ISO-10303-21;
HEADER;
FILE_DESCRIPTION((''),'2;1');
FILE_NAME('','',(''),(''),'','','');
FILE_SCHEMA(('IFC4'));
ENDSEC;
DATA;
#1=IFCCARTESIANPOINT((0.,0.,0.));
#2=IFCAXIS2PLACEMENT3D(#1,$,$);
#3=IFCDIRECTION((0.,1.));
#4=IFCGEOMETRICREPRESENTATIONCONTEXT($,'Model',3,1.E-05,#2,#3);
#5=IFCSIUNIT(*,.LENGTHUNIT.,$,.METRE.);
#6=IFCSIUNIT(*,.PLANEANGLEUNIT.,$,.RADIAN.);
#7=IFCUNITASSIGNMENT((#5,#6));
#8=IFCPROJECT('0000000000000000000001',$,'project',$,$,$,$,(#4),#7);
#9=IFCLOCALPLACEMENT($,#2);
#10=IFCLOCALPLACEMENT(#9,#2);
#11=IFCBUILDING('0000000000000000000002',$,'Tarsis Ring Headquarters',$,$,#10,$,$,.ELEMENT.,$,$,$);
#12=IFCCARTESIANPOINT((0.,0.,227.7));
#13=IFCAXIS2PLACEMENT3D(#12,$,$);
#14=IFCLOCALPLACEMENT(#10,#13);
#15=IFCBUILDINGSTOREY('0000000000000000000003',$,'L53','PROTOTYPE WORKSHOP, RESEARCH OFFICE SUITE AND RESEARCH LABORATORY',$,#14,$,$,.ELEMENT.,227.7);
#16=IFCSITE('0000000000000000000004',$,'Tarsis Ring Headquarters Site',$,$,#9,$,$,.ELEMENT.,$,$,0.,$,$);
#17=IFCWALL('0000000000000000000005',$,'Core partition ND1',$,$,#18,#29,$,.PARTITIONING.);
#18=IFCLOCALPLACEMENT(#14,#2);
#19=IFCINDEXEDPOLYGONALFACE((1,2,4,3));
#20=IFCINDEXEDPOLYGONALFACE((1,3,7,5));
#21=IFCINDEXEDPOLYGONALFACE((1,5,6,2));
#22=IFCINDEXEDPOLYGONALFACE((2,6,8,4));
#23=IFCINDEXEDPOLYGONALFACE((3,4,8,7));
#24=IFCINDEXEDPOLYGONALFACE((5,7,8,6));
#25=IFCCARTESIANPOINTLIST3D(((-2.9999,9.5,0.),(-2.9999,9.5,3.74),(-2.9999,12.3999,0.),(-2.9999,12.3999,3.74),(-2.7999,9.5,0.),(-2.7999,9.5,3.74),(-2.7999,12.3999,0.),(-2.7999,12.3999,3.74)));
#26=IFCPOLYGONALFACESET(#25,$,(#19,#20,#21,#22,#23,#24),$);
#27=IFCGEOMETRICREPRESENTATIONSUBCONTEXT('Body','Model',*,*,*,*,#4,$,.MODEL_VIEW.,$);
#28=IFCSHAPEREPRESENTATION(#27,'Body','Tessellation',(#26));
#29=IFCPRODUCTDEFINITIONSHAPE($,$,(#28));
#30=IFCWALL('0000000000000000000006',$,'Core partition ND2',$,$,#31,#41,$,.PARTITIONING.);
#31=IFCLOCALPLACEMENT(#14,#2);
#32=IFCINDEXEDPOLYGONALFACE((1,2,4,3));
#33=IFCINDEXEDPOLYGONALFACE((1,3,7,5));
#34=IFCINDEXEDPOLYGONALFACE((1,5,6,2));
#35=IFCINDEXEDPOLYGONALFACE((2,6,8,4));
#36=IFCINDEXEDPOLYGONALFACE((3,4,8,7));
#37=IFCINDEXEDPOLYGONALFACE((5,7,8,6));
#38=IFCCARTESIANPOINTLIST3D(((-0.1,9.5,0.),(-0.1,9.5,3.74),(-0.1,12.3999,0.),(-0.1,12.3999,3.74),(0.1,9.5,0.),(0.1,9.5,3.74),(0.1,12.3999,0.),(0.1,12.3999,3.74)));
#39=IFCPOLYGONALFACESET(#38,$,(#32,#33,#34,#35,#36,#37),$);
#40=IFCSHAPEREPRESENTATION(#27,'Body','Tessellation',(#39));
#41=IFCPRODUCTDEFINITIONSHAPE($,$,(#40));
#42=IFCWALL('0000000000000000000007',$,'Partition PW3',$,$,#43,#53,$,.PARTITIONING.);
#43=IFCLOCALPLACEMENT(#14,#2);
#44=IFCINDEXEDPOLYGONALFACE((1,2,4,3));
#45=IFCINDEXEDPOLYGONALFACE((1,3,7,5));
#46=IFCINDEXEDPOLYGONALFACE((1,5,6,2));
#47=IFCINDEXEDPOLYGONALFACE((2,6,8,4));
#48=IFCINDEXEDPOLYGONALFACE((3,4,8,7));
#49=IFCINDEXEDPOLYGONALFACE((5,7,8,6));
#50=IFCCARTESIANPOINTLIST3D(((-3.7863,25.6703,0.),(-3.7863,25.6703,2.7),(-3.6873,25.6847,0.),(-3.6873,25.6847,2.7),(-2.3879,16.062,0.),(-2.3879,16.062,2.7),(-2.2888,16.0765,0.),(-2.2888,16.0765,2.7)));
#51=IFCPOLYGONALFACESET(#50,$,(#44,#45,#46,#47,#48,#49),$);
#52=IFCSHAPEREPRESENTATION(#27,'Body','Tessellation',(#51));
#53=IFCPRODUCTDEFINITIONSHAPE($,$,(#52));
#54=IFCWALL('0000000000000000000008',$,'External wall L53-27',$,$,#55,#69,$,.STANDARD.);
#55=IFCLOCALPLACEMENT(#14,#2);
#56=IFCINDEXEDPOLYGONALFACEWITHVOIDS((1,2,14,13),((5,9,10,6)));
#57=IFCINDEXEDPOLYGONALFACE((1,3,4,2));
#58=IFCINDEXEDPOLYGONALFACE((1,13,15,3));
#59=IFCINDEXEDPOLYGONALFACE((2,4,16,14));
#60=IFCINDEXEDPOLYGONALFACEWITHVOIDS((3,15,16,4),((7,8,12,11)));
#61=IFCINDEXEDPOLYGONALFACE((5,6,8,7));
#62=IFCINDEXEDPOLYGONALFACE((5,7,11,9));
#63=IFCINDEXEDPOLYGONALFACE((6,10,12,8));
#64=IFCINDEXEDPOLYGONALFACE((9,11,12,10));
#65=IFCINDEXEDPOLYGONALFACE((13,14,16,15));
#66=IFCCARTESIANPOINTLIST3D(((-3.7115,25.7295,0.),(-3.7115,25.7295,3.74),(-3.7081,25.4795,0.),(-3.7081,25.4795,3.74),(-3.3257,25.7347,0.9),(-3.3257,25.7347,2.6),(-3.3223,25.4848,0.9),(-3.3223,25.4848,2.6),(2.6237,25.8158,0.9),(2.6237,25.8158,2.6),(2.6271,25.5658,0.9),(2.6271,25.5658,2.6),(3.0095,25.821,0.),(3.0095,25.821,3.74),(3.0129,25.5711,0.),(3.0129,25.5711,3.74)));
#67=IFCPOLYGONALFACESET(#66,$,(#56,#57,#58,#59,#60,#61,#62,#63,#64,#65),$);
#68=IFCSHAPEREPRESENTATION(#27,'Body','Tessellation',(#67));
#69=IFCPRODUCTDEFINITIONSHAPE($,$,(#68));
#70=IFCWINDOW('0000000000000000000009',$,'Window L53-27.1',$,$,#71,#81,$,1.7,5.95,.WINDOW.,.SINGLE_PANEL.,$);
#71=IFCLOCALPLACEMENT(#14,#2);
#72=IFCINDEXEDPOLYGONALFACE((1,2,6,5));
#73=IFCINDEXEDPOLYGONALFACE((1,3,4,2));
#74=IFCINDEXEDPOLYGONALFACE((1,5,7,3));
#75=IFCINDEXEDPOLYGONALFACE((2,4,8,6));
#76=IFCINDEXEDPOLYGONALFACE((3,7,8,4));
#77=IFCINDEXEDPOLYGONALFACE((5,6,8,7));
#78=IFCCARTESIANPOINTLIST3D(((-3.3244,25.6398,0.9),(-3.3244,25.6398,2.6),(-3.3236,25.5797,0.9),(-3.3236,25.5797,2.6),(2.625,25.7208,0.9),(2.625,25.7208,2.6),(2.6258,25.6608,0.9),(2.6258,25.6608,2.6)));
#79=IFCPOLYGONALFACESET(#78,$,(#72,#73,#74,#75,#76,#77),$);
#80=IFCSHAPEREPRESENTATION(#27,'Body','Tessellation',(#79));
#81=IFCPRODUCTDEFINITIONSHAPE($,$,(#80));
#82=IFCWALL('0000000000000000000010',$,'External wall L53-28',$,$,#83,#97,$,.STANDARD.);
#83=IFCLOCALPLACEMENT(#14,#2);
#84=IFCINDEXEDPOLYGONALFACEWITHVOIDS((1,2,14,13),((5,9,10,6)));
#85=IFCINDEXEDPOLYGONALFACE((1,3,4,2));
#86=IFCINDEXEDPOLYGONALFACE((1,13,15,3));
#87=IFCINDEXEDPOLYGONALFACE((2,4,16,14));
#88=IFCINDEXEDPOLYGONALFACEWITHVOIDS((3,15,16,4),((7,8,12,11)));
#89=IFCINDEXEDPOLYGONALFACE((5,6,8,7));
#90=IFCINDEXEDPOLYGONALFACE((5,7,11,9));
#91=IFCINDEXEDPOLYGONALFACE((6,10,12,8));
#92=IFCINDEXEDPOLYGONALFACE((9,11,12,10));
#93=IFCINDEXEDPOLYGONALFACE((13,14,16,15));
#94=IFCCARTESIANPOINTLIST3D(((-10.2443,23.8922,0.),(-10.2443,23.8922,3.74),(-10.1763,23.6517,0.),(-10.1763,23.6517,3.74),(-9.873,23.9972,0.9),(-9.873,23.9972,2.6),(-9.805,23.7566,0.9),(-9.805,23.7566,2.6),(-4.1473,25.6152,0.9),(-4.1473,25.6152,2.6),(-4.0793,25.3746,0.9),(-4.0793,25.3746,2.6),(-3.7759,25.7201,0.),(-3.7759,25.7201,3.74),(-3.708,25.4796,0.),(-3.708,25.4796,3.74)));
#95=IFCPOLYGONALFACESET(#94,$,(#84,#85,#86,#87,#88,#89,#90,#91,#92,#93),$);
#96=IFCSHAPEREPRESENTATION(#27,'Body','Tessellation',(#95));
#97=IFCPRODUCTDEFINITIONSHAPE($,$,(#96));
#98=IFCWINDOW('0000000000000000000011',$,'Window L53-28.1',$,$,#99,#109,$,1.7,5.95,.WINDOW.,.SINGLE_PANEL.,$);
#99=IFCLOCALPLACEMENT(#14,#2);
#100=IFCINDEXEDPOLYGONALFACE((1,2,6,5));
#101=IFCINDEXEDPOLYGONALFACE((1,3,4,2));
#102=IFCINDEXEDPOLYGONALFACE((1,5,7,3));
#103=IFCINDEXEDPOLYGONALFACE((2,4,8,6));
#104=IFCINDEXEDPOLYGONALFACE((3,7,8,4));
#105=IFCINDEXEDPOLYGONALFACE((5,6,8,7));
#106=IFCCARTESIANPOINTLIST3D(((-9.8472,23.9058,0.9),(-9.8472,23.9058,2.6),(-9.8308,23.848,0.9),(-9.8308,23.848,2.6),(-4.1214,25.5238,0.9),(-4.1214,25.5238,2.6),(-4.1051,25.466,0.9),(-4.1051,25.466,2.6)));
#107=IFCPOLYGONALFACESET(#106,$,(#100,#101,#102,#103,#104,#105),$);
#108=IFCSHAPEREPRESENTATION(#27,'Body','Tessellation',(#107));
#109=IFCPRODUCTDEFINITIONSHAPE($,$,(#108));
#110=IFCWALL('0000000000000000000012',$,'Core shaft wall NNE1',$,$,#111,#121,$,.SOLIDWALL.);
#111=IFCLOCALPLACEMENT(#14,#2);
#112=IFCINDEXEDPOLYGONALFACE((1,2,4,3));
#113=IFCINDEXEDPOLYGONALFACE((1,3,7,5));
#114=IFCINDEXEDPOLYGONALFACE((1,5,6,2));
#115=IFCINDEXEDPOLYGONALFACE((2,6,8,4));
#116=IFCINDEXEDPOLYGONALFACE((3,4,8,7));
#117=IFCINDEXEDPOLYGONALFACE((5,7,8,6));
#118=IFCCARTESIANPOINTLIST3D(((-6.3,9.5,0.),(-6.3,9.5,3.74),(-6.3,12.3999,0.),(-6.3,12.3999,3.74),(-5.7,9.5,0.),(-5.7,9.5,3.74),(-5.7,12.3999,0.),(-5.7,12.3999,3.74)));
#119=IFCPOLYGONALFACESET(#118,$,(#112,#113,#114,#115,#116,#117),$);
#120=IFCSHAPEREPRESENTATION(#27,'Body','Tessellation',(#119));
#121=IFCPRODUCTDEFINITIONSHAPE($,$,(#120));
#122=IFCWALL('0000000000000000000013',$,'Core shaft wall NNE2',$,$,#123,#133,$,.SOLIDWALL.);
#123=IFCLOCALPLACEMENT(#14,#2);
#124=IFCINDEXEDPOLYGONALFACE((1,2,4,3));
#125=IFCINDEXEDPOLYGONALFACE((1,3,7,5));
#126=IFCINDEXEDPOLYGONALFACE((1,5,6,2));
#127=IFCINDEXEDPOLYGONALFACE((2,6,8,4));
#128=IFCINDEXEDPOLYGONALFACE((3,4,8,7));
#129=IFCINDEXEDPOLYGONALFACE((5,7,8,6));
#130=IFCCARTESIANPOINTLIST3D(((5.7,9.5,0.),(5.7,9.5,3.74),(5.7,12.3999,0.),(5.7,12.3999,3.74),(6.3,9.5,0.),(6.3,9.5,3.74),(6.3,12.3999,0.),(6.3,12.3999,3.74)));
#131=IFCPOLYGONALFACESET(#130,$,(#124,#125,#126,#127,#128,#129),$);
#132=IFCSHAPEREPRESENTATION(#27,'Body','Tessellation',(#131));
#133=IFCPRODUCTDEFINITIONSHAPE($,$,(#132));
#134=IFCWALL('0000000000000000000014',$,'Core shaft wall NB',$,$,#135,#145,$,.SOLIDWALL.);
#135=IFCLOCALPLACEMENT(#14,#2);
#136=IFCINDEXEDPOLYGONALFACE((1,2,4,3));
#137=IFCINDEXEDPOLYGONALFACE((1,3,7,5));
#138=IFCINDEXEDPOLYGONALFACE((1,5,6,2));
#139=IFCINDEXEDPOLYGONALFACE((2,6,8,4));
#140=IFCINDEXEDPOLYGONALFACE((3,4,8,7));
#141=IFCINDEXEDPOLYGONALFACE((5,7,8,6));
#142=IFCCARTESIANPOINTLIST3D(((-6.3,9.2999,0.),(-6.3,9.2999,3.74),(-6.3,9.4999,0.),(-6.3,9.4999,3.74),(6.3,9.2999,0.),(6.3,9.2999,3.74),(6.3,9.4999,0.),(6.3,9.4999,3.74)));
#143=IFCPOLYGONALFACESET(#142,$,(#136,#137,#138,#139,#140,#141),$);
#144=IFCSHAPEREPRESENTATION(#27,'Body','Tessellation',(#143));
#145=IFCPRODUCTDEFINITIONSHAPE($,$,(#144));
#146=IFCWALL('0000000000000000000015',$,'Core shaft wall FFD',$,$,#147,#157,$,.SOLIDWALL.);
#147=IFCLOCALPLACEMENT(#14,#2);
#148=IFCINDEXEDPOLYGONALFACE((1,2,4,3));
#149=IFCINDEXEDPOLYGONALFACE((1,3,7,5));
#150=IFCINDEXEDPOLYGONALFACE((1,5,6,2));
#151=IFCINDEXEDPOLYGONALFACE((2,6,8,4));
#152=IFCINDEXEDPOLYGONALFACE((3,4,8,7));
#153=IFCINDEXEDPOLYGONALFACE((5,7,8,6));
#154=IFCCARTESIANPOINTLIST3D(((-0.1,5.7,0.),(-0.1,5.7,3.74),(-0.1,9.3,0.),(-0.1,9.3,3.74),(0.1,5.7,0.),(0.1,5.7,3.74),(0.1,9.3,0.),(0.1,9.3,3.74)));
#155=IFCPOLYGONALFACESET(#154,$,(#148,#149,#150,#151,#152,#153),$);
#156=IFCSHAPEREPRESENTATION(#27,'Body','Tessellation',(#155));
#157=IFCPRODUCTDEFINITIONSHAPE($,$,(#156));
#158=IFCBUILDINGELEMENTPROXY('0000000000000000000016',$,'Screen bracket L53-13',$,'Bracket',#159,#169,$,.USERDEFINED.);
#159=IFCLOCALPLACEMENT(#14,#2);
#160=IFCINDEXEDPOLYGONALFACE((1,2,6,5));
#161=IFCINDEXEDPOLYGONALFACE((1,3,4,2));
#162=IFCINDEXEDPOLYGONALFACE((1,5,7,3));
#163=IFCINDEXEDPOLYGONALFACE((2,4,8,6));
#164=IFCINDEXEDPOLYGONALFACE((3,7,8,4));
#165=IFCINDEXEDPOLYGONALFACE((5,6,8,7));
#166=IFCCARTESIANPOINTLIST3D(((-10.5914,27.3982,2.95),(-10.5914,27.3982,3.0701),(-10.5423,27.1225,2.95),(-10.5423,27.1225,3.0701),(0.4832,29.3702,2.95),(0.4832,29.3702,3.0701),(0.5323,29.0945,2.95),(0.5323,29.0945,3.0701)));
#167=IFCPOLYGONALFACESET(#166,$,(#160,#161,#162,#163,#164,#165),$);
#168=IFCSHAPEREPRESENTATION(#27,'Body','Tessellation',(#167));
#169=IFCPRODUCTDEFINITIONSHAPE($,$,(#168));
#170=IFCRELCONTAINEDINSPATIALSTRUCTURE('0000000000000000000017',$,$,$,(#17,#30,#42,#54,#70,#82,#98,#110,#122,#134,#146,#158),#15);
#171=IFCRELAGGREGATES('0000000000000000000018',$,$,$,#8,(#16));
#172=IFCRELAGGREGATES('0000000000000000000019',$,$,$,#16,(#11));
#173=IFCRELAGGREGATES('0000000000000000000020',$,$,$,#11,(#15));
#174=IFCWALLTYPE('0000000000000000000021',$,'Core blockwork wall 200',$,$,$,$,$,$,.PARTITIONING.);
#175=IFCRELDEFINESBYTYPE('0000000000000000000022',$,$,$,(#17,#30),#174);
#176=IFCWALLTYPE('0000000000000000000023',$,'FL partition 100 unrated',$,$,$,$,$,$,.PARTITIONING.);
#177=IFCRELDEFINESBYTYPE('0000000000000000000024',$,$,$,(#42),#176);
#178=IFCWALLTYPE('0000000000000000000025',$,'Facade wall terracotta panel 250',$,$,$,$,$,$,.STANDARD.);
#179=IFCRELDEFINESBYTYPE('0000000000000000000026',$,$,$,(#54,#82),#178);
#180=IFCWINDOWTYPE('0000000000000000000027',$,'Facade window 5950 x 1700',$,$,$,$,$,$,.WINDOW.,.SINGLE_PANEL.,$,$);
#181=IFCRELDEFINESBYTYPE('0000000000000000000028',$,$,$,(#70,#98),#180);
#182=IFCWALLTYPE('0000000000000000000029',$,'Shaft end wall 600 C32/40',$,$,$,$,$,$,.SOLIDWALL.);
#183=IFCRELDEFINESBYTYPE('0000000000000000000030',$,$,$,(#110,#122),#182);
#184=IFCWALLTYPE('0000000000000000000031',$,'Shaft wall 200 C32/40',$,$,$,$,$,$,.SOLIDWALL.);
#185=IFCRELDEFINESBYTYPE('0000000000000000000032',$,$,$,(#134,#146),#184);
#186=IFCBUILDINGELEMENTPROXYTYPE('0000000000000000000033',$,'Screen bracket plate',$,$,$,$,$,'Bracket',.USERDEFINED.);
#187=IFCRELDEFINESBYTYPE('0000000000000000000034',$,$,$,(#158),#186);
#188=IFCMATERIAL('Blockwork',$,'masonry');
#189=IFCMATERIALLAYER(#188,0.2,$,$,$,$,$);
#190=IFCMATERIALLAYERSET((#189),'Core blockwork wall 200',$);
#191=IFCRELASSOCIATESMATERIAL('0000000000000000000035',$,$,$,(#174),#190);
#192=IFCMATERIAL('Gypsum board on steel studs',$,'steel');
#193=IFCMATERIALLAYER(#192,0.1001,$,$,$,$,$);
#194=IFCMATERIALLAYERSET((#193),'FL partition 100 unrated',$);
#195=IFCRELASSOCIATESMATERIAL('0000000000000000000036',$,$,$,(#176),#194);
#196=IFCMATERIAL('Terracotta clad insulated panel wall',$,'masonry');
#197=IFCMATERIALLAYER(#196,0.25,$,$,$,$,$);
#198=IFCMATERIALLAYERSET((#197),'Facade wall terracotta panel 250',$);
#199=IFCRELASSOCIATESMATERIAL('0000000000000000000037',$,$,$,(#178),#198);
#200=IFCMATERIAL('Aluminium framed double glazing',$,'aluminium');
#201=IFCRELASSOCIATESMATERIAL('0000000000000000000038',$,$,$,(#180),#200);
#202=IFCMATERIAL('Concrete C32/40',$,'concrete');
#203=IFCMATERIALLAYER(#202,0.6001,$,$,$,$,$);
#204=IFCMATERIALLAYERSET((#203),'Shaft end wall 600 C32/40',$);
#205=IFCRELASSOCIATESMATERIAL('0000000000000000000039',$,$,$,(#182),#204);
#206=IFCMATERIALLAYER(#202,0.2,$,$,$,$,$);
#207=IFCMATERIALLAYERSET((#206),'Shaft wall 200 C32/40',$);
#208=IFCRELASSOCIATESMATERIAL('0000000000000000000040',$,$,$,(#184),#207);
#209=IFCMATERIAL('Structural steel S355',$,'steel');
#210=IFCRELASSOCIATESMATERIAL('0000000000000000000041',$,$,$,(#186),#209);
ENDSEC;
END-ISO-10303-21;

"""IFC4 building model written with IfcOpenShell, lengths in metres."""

from ifc_helpers import new_model, si_unit, direction, frame, frame_2d, origin, origin_2d, place, context, subcontext, project, spatial, rectangle, extrude, material, layer, layer_set, type_object, element, fill, save


model = new_model("IFC4")

# Units and contexts
model_context = context("Model", 3, precision=1e-05, world=origin(), true_north=direction((0.0, 1.0)))
body_context = subcontext(model_context, "Body", "Model", "MODEL_VIEW")
ifc_project = project(units=[si_unit("LENGTHUNIT", "METRE"), si_unit("PLANEANGLEUNIT", "RADIAN")], contexts=[model_context])

# Site, building, storey
site_placement = place(None, origin())
site = spatial("IfcSite", under=ifc_project, at=site_placement, Name="Tarsis Ring Headquarters Site", CompositionType="ELEMENT", RefElevation=0.0)
building_placement = place(site_placement, origin())
building = spatial("IfcBuilding", under=site, at=building_placement, Name="Tarsis Ring Headquarters", CompositionType="ELEMENT")
storey_placement = place(building_placement, frame((0.0, 0.0, 227.7)))
storey = spatial("IfcBuildingStorey", under=building, at=storey_placement, Name="L53", Description="PROTOTYPE WORKSHOP, RESEARCH OFFICE SUITE AND RESEARCH LABORATORY", CompositionType="ELEMENT", Elevation=227.7)

# Shared definitions
ifc_material_1 = material(Name="Structural steel S355", Category="steel")

# Walls
ifc_material_2 = material(Name="Blockwork", Category="masonry")
ifc_layer_1 = layer(ifc_material_2, 0.2)
ifc_layer_set_1 = layer_set([ifc_layer_1], Name="Core blockwork wall 200")
wall_type_1 = type_object("IfcWallType", Name="Core blockwork wall 200", PredefinedType="PARTITIONING", material=ifc_layer_set_1)
for number, where, z_axis, x_axis, name in (
    (1, (-2.8999, 9.5, 0.0), (0.0, 0.0, 1.0), (0.0, 1.0, 0.0), "Core partition ND1"),
    (2, (0.0, 9.5, 0.0), (0.0, 0.0, 1.0), (0.0, 1.0, 0.0), "Core partition ND2"),
):
    element("IfcWall", number, at=place(storey_placement, frame(where, z_axis=z_axis, x_axis=x_axis)), inside=storey, type_object=wall_type_1, Name=name, PredefinedType="PARTITIONING", context=body_context, shape_type="SweptSolid", body=[
        extrude(rectangle(XDim=2.8999, YDim=0.2, at=frame_2d((1.45, 0.0))), origin(), (0.0, 0.0, 1.0), 3.74),
    ])
ifc_material_3 = material(Name="Gypsum board on steel studs", Category="steel")
ifc_layer_2 = layer(ifc_material_3, 0.1001)
ifc_layer_set_2 = layer_set([ifc_layer_2], Name="FL partition 100 unrated")
wall_type_2 = type_object("IfcWallType", Name="FL partition 100 unrated", PredefinedType="PARTITIONING", material=ifc_layer_set_2)
wall_1_placement = place(storey_placement, frame((-3.7368, 25.6775, 0.0), z_axis=(0.0, 0.0, 1.0), x_axis=(0.144029, -0.989573, 0.0)))
element("IfcWall", 3, at=wall_1_placement, inside=storey, type_object=wall_type_2, Name="Partition PW3", PredefinedType="PARTITIONING", context=body_context, shape_type="SweptSolid", body=[
    extrude(rectangle(XDim=9.7095, YDim=0.1001, at=frame_2d((4.8547, 0.0))), origin(), (0.0, 0.0, 1.0), 2.7),
])

# Walls, openings, windows
ifc_material_4 = material(Name="Terracotta clad insulated panel wall", Category="masonry")
ifc_layer_3 = layer(ifc_material_4, 0.25)
ifc_layer_set_3 = layer_set([ifc_layer_3], Name="Facade wall terracotta panel 250")
wall_type_3 = type_object("IfcWallType", Name="Facade wall terracotta panel 250", PredefinedType="STANDARD", material=ifc_layer_set_3)
wall_2_placement = place(storey_placement, frame((3.0112, 25.696, 0.0), z_axis=(0.0, 0.0, 1.0), x_axis=(-0.999907, -0.013621, 0.0)))
wall_2 = element("IfcWall", 4, at=wall_2_placement, inside=storey, type_object=wall_type_3, Name="External wall L53-27", PredefinedType="STANDARD", context=body_context, shape_type="SweptSolid", body=[
    extrude(rectangle(XDim=6.7217, YDim=0.25, at=frame_2d((3.3608, 0.0))), origin(), (0.0, 0.0, 1.0), 3.74),
])
opening_1_placement = place(wall_2_placement, frame((0.3857, 0.0, 0.8999)))
opening_1 = element("IfcOpeningElement", 5, at=opening_1_placement, cuts=wall_2, PredefinedType="OPENING", context=body_context, shape_type="SweptSolid", body=[
    extrude(rectangle(XDim=5.95, YDim=1.7, at=frame_2d((2.9751, 0.8501))), frame((0.0, 0.135, 0.0), z_axis=(0.0, -1.0, 0.0), x_axis=(1.0, 0.0, 0.0)), (0.0, 0.0, 1.0), 0.27),
])
ifc_material_5 = material(Name="Aluminium framed double glazing", Category="aluminium")
window_type = type_object("IfcWindowType", Name="Facade window 5950 x 1700", PartitioningType="SINGLE_PANEL", PredefinedType="WINDOW", material=ifc_material_5)
window_1_placement = place(opening_1_placement, origin())
window_1 = element("IfcWindow", 6, at=window_1_placement, inside=storey, type_object=window_type, Name="Window L53-27.1", OverallHeight=1.7, OverallWidth=5.95, PartitioningType="SINGLE_PANEL", PredefinedType="WINDOW", context=body_context, shape_type="SweptSolid", body=[
    extrude(rectangle(XDim=5.95, YDim=1.7, at=frame_2d((2.9751, 0.8501))), frame((0.0, 0.03, 0.0), z_axis=(0.0, -1.0, 0.0), x_axis=(1.0, 0.0, 0.0)), (0.0, 0.0, 1.0), 0.0601),
])
fill(opening_1, window_1)
wall_3_placement = place(storey_placement, frame((-3.7419, 25.5999, 0.0), z_axis=(0.0, 0.0, 1.0), x_axis=(-0.962314, -0.271942, 0.0)))
wall_3 = element("IfcWall", 7, at=wall_3_placement, inside=storey, type_object=wall_type_3, Name="External wall L53-28", PredefinedType="STANDARD", context=body_context, shape_type="SweptSolid", body=[
    extrude(rectangle(XDim=6.7217, YDim=0.25, at=frame_2d((3.3608, 0.0))), origin(), (0.0, 0.0, 1.0), 3.74),
])
opening_2_placement = place(wall_3_placement, frame((0.3857, 0.0, 0.8999)))
opening_2 = element("IfcOpeningElement", 8, at=opening_2_placement, cuts=wall_3, PredefinedType="OPENING", context=body_context, shape_type="SweptSolid", body=[
    extrude(rectangle(XDim=5.95, YDim=1.7, at=frame_2d((2.9751, 0.8501))), frame((0.0, 0.135, 0.0), z_axis=(0.0, -1.0, 0.0), x_axis=(1.0, 0.0, 0.0)), (0.0, 0.0, 1.0), 0.27),
])
window_2_placement = place(opening_2_placement, origin())
window_2 = element("IfcWindow", 9, at=window_2_placement, inside=storey, type_object=window_type, Name="Window L53-28.1", OverallHeight=1.7, OverallWidth=5.95, PartitioningType="SINGLE_PANEL", PredefinedType="WINDOW", context=body_context, shape_type="SweptSolid", body=[
    extrude(rectangle(XDim=5.95, YDim=1.7, at=frame_2d((2.9751, 0.8501))), frame((0.0, 0.03, 0.0), z_axis=(0.0, -1.0, 0.0), x_axis=(1.0, 0.0, 0.0)), (0.0, 0.0, 1.0), 0.0601),
])
fill(opening_2, window_2)

# Walls
ifc_material_6 = material(Name="Concrete C32/40", Category="concrete")
ifc_layer_4 = layer(ifc_material_6, 0.6001)
ifc_layer_set_4 = layer_set([ifc_layer_4], Name="Shaft end wall 600 C32/40")
wall_type_4 = type_object("IfcWallType", Name="Shaft end wall 600 C32/40", PredefinedType="SOLIDWALL", material=ifc_layer_set_4)
for number, where, z_axis, x_axis, name in (
    (10, (-6.0, 9.5, 0.0), (0.0, 0.0, 1.0), (0.0, 1.0, 0.0), "Core shaft wall NNE1"),
    (11, (6.0, 9.5, 0.0), (0.0, 0.0, 1.0), (0.0, 1.0, 0.0), "Core shaft wall NNE2"),
):
    element("IfcWall", number, at=place(storey_placement, frame(where, z_axis=z_axis, x_axis=x_axis)), inside=storey, type_object=wall_type_4, Name=name, PredefinedType="SOLIDWALL", context=body_context, shape_type="SweptSolid", body=[
        extrude(rectangle(XDim=2.8999, YDim=0.6001, at=frame_2d((1.45, 0.0))), origin(), (0.0, 0.0, 1.0), 3.74),
    ])
ifc_layer_5 = layer(ifc_material_6, 0.2)
ifc_layer_set_5 = layer_set([ifc_layer_5], Name="Shaft wall 200 C32/40")
wall_type_5 = type_object("IfcWallType", Name="Shaft wall 200 C32/40", PredefinedType="SOLIDWALL", material=ifc_layer_set_5)
wall_4_placement = place(storey_placement, frame((-6.3, 9.3999, 0.0), z_axis=(0.0, 0.0, 1.0), x_axis=(1.0, 0.0, 0.0)))
element("IfcWall", 12, at=wall_4_placement, inside=storey, type_object=wall_type_5, Name="Core shaft wall NB", PredefinedType="SOLIDWALL", context=body_context, shape_type="SweptSolid", body=[
    extrude(rectangle(XDim=12.6001, YDim=0.2, at=frame_2d((6.3, 0.0))), origin(), (0.0, 0.0, 1.0), 3.74),
])
wall_5_placement = place(storey_placement, frame((0.0, 5.7, 0.0), z_axis=(0.0, 0.0, 1.0), x_axis=(0.0, 1.0, 0.0)))
element("IfcWall", 13, at=wall_5_placement, inside=storey, type_object=wall_type_5, Name="Core shaft wall FFD", PredefinedType="SOLIDWALL", context=body_context, shape_type="SweptSolid", body=[
    extrude(rectangle(XDim=3.6001, YDim=0.2, at=frame_2d((1.8, 0.0))), origin(), (0.0, 0.0, 1.0), 3.74),
])

# Building element proxy
building_element_proxy_type = type_object("IfcBuildingElementProxyType", Name="Screen bracket plate", ElementType="Bracket", PredefinedType="USERDEFINED", material=ifc_material_1)
proxy_placement = place(storey_placement, frame((-5.0295, 28.2463, 2.95), z_axis=(0.0, 0.0, 1.0), x_axis=(-0.984515, -0.175302, 0.0)))
element("IfcBuildingElementProxy", 14, at=proxy_placement, inside=storey, type_object=building_element_proxy_type, Name="Screen bracket L53-13", ObjectType="Bracket", PredefinedType="USERDEFINED", context=body_context, shape_type="SweptSolid", body=[
    extrude(rectangle(XDim=11.2488, YDim=0.28, at=origin_2d()), origin(), (0.0, 0.0, 1.0), 0.1201),
])

save(model, "model.ifc")
